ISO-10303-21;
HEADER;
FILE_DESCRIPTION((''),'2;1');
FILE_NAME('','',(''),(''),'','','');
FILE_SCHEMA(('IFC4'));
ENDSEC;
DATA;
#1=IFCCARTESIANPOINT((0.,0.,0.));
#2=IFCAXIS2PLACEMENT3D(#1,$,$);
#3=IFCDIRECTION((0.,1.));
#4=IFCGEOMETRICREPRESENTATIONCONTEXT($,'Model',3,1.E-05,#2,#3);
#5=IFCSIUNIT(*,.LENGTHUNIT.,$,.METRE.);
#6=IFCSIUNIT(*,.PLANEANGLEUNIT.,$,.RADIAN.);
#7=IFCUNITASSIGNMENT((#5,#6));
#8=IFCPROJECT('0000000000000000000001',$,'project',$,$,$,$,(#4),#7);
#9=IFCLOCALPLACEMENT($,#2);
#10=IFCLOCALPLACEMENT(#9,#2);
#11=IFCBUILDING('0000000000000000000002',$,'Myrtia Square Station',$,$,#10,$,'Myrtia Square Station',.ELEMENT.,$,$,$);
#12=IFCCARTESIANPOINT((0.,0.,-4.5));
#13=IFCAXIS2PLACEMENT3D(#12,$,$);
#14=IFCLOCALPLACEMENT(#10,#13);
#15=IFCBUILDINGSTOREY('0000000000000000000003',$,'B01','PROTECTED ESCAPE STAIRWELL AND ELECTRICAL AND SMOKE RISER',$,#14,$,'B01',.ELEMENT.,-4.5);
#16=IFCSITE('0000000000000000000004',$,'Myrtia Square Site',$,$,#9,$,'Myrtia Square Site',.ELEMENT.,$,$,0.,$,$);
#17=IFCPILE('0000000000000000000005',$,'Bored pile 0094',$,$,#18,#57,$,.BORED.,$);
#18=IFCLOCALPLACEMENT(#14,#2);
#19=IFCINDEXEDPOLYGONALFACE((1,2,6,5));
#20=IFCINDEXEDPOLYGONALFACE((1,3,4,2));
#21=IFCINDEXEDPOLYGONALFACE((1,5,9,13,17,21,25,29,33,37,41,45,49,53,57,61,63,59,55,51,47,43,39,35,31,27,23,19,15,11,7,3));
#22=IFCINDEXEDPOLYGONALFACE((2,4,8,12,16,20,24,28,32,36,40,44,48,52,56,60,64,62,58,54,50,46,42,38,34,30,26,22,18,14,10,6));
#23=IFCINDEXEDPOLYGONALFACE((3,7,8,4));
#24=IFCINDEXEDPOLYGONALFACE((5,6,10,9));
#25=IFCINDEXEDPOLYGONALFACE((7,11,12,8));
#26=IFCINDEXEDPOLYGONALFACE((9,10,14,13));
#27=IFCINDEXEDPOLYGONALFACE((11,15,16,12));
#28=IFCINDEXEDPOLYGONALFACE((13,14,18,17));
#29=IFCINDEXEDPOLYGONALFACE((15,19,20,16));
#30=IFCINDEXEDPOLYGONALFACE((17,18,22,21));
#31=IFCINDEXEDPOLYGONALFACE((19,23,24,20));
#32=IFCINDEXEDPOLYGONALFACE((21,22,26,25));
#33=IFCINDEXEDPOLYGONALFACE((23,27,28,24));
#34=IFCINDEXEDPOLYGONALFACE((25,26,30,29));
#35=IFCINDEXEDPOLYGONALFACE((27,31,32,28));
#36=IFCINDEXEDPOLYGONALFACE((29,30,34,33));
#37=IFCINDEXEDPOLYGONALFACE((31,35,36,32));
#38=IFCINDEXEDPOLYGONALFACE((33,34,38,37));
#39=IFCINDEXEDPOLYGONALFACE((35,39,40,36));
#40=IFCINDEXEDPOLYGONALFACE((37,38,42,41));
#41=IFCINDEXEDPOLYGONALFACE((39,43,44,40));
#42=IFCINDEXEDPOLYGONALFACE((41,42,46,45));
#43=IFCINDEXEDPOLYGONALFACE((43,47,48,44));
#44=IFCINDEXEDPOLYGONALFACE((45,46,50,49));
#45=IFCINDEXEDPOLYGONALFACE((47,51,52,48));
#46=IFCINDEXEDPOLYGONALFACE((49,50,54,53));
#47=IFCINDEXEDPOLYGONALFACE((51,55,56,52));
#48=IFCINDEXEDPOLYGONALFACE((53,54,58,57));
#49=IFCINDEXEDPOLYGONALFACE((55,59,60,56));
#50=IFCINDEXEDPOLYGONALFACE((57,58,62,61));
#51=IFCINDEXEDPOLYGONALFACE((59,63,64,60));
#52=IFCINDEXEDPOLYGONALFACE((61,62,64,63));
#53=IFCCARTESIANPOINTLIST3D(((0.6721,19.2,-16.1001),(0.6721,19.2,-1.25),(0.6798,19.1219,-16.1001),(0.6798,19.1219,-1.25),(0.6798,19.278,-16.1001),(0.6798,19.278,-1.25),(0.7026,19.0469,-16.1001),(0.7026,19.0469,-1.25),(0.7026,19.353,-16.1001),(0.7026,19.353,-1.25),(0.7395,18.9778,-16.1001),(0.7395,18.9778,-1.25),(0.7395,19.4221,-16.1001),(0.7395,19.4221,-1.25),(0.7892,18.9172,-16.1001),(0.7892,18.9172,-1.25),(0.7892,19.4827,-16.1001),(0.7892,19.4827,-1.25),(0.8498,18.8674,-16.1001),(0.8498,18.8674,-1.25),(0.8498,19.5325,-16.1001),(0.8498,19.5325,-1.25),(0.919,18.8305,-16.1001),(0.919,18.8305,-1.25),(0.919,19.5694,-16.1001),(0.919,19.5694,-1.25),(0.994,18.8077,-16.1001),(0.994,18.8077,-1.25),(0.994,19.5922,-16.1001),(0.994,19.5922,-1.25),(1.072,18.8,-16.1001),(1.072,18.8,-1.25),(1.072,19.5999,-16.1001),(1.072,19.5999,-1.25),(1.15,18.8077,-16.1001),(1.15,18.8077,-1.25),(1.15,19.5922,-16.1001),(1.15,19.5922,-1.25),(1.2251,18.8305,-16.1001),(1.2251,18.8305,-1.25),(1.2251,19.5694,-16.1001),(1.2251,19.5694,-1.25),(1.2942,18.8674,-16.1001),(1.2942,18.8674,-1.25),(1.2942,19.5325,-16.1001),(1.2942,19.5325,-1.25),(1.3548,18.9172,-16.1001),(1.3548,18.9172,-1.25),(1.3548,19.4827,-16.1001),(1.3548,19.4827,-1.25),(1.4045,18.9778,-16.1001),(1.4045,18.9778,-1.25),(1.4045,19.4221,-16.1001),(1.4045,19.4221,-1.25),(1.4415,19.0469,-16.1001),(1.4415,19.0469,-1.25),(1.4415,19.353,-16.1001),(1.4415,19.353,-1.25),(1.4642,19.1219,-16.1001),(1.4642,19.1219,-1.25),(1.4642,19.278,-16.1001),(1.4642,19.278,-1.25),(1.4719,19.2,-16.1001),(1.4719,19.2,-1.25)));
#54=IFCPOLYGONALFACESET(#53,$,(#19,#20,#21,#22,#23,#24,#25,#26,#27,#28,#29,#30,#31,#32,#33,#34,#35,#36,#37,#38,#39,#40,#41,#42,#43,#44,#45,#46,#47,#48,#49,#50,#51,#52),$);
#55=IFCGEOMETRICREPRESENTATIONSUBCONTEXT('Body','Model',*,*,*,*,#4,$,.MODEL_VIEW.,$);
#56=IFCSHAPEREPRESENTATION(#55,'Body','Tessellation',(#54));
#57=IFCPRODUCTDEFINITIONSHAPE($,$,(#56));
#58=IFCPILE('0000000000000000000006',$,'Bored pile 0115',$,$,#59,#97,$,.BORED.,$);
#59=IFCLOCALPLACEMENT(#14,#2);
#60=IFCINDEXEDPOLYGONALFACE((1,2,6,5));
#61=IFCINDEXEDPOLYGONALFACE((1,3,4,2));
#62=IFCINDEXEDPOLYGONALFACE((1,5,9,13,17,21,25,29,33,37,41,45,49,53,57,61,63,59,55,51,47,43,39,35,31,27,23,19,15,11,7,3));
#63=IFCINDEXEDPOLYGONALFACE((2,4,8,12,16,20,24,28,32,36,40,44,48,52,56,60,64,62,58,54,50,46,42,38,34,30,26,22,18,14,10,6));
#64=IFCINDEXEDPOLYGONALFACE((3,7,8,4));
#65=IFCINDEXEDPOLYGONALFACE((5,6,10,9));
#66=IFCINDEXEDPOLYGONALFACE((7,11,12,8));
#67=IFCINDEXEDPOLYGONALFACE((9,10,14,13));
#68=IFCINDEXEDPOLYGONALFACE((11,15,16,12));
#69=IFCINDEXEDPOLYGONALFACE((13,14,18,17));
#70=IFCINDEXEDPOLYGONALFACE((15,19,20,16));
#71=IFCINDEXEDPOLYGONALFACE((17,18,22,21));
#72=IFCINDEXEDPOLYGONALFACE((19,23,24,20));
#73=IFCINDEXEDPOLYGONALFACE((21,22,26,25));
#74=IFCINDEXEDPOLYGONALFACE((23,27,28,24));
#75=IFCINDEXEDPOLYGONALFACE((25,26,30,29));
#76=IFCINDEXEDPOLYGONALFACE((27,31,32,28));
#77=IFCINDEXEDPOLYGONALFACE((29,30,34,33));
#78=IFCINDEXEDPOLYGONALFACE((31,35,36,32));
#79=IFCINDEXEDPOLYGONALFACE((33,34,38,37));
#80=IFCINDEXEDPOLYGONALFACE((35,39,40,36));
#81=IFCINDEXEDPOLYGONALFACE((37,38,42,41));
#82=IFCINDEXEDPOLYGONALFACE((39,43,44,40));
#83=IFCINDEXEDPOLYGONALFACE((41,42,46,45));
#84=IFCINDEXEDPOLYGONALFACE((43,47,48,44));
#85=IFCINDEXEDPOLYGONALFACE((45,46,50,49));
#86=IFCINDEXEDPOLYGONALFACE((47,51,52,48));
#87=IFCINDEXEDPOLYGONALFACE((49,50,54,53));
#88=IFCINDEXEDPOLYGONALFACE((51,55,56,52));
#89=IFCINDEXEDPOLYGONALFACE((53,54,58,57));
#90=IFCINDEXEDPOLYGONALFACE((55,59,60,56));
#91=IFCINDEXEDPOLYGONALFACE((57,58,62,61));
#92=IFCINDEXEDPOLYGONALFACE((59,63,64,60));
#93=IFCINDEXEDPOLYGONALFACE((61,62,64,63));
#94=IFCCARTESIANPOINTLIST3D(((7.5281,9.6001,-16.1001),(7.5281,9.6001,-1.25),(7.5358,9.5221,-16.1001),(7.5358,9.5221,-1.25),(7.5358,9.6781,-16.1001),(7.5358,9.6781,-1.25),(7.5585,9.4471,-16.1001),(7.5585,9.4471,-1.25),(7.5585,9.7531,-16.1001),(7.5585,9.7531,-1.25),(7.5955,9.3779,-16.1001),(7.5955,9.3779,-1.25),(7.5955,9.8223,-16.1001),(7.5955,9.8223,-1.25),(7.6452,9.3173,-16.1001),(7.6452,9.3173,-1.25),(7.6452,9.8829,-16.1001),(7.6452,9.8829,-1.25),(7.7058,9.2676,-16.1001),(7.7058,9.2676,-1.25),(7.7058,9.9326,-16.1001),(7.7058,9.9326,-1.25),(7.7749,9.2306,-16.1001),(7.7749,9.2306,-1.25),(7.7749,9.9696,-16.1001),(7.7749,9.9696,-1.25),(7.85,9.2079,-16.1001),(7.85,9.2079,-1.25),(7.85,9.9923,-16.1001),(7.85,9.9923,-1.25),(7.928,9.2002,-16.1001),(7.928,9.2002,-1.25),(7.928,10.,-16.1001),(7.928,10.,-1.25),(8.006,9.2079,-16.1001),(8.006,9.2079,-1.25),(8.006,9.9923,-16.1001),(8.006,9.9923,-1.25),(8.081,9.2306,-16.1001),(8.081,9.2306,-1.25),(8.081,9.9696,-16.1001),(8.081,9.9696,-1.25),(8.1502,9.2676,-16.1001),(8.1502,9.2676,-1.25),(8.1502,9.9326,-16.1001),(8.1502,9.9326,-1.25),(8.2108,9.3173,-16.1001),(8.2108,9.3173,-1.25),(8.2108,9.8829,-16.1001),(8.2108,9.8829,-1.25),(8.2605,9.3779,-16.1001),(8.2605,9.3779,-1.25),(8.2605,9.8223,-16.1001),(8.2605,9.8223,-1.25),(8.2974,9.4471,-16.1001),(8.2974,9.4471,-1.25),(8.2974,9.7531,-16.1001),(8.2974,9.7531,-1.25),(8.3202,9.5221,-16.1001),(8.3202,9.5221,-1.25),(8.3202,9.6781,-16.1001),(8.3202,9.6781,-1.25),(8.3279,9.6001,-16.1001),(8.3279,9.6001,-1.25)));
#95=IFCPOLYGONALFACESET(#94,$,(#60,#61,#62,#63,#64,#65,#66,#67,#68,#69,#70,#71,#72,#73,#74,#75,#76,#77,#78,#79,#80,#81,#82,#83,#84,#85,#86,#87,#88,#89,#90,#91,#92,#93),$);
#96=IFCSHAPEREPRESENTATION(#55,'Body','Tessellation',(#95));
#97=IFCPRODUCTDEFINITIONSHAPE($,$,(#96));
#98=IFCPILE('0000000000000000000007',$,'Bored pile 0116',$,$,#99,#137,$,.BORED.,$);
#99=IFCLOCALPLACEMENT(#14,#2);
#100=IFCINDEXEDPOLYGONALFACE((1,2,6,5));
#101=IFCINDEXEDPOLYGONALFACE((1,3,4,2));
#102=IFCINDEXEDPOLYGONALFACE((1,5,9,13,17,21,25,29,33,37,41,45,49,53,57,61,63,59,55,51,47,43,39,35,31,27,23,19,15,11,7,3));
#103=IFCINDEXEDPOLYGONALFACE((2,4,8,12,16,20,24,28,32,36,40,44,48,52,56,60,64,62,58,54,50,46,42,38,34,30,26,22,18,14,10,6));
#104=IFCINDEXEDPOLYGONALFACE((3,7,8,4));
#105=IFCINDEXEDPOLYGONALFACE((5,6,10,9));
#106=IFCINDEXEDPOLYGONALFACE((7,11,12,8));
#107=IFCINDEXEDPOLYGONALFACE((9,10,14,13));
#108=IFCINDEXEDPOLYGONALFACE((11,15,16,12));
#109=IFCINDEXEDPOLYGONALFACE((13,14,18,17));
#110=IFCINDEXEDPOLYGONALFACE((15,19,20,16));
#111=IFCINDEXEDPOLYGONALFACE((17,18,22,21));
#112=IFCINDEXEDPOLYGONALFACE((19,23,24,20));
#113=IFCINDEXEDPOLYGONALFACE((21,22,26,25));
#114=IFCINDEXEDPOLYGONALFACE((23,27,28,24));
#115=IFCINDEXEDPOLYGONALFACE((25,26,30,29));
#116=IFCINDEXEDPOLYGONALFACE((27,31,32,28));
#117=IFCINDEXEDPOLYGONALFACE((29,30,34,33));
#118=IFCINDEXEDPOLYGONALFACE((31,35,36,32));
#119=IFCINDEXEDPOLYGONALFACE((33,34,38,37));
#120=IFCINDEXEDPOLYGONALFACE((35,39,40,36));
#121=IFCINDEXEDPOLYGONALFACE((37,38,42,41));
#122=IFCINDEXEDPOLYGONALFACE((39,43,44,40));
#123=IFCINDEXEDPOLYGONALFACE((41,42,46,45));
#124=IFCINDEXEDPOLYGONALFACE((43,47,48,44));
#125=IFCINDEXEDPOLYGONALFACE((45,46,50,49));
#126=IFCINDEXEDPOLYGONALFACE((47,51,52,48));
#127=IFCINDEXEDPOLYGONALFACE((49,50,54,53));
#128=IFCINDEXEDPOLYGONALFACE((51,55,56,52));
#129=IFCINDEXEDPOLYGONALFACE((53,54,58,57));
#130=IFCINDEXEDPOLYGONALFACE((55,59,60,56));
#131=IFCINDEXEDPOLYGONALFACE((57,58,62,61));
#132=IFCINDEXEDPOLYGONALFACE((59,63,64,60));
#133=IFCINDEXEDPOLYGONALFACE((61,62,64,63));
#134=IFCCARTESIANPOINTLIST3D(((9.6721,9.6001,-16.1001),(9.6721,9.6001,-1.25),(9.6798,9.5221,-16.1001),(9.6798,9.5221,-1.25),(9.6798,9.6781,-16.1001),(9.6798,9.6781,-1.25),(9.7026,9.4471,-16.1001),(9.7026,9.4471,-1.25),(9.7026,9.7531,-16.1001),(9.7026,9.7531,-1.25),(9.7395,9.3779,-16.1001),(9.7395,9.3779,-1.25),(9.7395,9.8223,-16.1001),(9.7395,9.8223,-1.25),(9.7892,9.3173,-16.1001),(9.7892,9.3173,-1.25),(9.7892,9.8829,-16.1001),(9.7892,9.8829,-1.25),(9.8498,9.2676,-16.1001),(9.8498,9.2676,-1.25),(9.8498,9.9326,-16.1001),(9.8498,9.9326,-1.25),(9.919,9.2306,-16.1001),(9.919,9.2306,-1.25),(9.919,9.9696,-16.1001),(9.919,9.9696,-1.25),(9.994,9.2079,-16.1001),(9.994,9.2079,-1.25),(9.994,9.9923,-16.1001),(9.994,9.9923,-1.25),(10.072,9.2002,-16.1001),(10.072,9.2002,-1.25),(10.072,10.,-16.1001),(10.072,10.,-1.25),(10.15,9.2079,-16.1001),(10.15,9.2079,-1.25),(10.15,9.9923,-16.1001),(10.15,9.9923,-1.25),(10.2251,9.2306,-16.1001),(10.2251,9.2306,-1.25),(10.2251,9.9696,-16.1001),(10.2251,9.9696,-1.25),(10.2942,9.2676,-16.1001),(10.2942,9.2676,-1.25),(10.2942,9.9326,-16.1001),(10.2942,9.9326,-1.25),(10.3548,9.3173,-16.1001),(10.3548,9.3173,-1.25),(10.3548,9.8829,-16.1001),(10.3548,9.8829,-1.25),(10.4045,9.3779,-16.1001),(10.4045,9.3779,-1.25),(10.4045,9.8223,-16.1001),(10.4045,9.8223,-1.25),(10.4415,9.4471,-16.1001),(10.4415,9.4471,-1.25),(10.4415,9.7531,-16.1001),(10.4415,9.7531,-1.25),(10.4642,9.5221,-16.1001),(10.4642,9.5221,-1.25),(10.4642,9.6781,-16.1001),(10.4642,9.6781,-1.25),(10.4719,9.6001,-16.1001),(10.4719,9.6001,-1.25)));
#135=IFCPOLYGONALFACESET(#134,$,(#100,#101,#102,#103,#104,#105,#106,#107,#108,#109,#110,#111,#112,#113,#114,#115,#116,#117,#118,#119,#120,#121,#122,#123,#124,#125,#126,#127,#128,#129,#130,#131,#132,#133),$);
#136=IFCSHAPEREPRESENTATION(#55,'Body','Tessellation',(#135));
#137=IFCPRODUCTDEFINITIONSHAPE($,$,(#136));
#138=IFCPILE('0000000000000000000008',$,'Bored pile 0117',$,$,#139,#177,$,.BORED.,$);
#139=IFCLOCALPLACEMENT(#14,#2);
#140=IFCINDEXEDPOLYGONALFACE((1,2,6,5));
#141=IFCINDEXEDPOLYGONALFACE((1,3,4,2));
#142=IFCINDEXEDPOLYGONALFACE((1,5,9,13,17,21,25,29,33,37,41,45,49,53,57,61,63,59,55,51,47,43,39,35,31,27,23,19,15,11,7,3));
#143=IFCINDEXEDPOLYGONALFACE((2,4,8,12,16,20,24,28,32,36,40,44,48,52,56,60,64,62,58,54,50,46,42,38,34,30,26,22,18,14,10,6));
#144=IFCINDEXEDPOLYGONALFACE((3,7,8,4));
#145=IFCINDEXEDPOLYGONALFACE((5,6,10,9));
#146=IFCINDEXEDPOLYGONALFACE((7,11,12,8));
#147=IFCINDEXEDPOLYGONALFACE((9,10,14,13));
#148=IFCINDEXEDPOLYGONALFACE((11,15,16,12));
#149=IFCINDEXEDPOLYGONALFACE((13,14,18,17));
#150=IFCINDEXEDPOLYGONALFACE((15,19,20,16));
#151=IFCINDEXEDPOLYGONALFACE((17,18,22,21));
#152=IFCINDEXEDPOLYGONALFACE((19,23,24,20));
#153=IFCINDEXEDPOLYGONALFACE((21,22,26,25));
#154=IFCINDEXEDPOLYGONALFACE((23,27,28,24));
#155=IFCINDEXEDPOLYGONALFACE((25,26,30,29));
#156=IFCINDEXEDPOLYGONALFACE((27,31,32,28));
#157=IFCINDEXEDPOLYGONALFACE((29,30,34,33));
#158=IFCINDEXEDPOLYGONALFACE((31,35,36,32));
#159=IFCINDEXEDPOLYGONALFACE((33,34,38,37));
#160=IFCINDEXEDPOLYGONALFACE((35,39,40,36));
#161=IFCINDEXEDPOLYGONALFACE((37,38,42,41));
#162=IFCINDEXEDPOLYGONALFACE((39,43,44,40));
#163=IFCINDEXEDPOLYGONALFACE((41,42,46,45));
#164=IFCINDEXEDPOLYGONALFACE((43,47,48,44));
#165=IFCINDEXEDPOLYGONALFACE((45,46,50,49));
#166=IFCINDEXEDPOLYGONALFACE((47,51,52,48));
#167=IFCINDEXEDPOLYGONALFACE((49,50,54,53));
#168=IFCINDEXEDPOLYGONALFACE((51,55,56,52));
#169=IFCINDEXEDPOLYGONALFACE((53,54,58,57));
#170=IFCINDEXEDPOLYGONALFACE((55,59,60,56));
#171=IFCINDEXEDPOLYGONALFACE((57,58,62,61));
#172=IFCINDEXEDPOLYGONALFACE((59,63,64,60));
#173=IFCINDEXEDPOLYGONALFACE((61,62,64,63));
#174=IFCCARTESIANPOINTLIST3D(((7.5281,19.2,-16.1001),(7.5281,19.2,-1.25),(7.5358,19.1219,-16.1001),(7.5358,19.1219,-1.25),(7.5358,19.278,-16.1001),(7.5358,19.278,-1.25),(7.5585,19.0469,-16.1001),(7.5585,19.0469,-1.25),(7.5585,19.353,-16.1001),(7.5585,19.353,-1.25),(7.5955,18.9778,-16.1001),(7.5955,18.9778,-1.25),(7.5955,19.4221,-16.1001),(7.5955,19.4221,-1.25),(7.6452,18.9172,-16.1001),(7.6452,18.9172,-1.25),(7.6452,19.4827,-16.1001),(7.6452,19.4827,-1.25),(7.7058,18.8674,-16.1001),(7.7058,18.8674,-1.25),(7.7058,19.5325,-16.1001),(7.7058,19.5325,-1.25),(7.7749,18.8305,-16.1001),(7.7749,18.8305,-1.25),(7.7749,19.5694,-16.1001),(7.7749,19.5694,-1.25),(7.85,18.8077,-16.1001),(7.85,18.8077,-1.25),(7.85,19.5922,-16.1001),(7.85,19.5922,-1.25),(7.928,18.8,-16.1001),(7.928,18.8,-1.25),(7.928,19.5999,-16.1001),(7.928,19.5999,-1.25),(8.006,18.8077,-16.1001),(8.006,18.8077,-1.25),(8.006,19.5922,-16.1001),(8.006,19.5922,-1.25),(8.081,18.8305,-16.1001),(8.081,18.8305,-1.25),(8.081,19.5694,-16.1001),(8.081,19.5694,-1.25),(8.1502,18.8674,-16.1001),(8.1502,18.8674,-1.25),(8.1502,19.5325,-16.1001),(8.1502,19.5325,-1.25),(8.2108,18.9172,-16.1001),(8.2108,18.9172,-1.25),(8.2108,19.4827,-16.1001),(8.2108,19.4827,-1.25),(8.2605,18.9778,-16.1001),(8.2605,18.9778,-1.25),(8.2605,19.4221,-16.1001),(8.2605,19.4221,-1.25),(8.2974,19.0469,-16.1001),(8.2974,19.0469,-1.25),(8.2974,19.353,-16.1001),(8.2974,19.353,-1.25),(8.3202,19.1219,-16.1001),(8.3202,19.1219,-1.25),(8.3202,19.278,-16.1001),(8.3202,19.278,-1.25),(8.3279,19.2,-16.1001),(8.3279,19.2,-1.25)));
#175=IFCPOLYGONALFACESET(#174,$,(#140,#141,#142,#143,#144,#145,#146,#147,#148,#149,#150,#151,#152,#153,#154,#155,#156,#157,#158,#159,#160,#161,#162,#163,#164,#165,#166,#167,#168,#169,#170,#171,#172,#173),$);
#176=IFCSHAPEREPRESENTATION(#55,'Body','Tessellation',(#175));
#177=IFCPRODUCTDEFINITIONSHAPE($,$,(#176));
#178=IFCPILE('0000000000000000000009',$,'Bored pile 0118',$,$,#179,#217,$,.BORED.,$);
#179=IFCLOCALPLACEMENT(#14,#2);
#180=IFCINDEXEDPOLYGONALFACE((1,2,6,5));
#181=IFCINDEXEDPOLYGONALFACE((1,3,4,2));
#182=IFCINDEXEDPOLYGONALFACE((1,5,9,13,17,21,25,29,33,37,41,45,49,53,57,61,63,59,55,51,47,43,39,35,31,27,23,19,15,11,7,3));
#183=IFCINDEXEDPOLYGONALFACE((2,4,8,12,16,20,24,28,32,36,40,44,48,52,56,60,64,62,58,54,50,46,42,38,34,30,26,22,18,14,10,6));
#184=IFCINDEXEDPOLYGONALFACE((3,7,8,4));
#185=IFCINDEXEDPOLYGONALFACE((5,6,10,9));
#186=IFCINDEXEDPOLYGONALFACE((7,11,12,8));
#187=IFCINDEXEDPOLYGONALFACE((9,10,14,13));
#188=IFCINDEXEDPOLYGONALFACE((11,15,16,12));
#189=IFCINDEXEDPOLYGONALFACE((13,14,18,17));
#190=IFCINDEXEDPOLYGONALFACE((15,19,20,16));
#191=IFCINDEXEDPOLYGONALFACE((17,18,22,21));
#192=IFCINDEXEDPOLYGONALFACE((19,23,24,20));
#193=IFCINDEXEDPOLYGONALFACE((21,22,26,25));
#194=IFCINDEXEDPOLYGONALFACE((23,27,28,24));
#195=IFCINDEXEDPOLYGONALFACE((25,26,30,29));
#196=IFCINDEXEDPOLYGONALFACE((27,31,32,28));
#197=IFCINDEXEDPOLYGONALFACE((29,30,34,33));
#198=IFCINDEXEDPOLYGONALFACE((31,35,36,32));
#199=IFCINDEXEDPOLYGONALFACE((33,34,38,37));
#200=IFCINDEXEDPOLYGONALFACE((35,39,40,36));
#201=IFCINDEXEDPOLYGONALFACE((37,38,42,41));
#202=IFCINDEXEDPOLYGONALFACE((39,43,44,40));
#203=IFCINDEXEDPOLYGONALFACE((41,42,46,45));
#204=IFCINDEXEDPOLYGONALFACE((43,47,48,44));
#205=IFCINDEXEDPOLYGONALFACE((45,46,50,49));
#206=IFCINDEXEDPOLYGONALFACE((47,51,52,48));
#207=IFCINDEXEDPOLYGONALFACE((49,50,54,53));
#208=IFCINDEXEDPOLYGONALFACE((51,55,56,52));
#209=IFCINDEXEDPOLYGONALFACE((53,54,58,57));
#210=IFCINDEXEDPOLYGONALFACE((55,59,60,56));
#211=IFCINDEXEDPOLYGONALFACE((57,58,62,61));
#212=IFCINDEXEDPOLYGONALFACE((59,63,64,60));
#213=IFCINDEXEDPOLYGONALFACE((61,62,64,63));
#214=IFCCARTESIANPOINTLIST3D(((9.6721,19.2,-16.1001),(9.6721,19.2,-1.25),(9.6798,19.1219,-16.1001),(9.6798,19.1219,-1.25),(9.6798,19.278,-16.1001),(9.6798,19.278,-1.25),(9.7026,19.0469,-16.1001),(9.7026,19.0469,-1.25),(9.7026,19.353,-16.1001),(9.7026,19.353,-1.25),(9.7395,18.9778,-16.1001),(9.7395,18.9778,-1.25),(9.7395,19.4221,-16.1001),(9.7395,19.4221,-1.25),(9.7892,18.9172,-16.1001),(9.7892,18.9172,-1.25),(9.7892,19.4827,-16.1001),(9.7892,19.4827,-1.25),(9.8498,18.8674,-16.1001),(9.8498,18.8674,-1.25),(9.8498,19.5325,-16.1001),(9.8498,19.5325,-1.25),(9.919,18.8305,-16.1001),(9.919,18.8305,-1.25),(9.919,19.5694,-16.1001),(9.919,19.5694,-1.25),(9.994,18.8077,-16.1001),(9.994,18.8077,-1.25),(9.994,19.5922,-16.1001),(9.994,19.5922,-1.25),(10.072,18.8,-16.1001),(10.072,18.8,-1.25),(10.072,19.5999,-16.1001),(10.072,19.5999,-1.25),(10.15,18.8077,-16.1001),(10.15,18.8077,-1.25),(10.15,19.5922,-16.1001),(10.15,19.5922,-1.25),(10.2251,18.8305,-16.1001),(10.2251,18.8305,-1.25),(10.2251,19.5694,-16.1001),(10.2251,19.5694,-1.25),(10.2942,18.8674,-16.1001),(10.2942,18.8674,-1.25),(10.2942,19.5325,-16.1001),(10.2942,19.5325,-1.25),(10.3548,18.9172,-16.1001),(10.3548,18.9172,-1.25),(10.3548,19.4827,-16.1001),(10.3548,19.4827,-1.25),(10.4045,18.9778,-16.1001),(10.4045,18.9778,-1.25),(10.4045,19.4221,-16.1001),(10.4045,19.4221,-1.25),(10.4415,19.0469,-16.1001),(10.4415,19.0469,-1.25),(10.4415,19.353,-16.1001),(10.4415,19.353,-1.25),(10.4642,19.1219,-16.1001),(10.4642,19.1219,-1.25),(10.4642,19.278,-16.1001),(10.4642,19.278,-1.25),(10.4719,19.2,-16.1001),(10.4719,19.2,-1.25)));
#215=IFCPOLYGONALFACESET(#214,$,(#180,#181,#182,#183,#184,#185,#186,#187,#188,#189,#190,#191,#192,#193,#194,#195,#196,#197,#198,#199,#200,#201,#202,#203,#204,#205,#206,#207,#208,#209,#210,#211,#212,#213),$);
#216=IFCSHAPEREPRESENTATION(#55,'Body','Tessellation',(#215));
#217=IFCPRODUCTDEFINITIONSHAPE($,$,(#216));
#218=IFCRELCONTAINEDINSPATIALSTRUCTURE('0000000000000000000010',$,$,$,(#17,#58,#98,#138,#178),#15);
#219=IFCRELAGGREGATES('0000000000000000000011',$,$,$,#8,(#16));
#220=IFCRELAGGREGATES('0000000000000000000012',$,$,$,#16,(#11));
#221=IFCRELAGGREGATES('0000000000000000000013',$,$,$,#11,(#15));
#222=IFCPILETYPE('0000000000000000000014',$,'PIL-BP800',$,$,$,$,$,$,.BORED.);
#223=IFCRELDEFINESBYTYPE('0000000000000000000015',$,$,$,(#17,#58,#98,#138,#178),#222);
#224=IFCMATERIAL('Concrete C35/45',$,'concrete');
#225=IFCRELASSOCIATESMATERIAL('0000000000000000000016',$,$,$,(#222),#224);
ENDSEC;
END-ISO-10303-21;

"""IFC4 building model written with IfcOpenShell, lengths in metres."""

from ifc_helpers import new_model, si_unit, direction, frame, origin, origin_2d, place, context, subcontext, project, spatial, circle, extrude, material, material_profile, profile_set, type_object, element, save


model = new_model("IFC4")

# Units and contexts
model_context = context("Model", 3, precision=1e-05, world=origin(), true_north=direction((0.0, 1.0)))
body_context = subcontext(model_context, "Body", "Model", "MODEL_VIEW")
ifc_project = project(units=[si_unit("LENGTHUNIT", "METRE"), si_unit("PLANEANGLEUNIT", "RADIAN")], contexts=[model_context])

# Site, building, storey
site_placement = place(None, origin())
site = spatial("IfcSite", under=ifc_project, at=site_placement, Name="Myrtia Square Site", LongName="Myrtia Square Site", CompositionType="ELEMENT", RefElevation=0.0)
building_placement = place(site_placement, origin())
building = spatial("IfcBuilding", under=site, at=building_placement, Name="Myrtia Square Station", LongName="Myrtia Square Station", CompositionType="ELEMENT")
storey_placement = place(building_placement, frame((0.0, 0.0, -4.5)))
storey = spatial("IfcBuildingStorey", under=building, at=storey_placement, Name="B01", Description="PROTECTED ESCAPE STAIRWELL AND ELECTRICAL AND SMOKE RISER", LongName="B01", CompositionType="ELEMENT", Elevation=-4.5)

# Shared definitions
ifc_material_1 = material(Name="Concrete C35/45", Category="concrete")

# Piles
ifc_material_profile_1 = material_profile(ifc_material_1, circle(Radius=0.3999, at=origin_2d()), Name="BP D800")
ifc_profile_set_1 = profile_set([ifc_material_profile_1], Name="Concrete C35/45")
pile_type = type_object("IfcPileType", Name="PIL-BP800", PredefinedType="BORED", material=ifc_profile_set_1)
for number, where, z_axis, x_axis, name in (
    (1, (1.072, 19.2, -1.25), (0.0, 0.0, -1.0), (1.0, 0.0, 0.0), "Bored pile 0094"),
    (2, (7.928, 9.6001, -1.25), (0.0, 0.0, -1.0), (1.0, 0.0, 0.0), "Bored pile 0115"),
    (3, (10.072, 9.6001, -1.25), (0.0, 0.0, -1.0), (1.0, 0.0, 0.0), "Bored pile 0116"),
    (4, (7.928, 19.2, -1.25), (0.0, 0.0, -1.0), (1.0, 0.0, 0.0), "Bored pile 0117"),
    (5, (10.072, 19.2, -1.25), (0.0, 0.0, -1.0), (1.0, 0.0, 0.0), "Bored pile 0118"),
):
    element("IfcPile", number, at=place(storey_placement, frame(where, z_axis=z_axis, x_axis=x_axis)), inside=storey, type_object=pile_type, Name=name, PredefinedType="BORED", context=body_context, shape_type="SweptSolid", body=[
        extrude(circle(Radius=0.3999, at=origin_2d()), origin(), (0.0, 0.0, 1.0), 14.8501),
    ])

save(model, "model.ifc")
